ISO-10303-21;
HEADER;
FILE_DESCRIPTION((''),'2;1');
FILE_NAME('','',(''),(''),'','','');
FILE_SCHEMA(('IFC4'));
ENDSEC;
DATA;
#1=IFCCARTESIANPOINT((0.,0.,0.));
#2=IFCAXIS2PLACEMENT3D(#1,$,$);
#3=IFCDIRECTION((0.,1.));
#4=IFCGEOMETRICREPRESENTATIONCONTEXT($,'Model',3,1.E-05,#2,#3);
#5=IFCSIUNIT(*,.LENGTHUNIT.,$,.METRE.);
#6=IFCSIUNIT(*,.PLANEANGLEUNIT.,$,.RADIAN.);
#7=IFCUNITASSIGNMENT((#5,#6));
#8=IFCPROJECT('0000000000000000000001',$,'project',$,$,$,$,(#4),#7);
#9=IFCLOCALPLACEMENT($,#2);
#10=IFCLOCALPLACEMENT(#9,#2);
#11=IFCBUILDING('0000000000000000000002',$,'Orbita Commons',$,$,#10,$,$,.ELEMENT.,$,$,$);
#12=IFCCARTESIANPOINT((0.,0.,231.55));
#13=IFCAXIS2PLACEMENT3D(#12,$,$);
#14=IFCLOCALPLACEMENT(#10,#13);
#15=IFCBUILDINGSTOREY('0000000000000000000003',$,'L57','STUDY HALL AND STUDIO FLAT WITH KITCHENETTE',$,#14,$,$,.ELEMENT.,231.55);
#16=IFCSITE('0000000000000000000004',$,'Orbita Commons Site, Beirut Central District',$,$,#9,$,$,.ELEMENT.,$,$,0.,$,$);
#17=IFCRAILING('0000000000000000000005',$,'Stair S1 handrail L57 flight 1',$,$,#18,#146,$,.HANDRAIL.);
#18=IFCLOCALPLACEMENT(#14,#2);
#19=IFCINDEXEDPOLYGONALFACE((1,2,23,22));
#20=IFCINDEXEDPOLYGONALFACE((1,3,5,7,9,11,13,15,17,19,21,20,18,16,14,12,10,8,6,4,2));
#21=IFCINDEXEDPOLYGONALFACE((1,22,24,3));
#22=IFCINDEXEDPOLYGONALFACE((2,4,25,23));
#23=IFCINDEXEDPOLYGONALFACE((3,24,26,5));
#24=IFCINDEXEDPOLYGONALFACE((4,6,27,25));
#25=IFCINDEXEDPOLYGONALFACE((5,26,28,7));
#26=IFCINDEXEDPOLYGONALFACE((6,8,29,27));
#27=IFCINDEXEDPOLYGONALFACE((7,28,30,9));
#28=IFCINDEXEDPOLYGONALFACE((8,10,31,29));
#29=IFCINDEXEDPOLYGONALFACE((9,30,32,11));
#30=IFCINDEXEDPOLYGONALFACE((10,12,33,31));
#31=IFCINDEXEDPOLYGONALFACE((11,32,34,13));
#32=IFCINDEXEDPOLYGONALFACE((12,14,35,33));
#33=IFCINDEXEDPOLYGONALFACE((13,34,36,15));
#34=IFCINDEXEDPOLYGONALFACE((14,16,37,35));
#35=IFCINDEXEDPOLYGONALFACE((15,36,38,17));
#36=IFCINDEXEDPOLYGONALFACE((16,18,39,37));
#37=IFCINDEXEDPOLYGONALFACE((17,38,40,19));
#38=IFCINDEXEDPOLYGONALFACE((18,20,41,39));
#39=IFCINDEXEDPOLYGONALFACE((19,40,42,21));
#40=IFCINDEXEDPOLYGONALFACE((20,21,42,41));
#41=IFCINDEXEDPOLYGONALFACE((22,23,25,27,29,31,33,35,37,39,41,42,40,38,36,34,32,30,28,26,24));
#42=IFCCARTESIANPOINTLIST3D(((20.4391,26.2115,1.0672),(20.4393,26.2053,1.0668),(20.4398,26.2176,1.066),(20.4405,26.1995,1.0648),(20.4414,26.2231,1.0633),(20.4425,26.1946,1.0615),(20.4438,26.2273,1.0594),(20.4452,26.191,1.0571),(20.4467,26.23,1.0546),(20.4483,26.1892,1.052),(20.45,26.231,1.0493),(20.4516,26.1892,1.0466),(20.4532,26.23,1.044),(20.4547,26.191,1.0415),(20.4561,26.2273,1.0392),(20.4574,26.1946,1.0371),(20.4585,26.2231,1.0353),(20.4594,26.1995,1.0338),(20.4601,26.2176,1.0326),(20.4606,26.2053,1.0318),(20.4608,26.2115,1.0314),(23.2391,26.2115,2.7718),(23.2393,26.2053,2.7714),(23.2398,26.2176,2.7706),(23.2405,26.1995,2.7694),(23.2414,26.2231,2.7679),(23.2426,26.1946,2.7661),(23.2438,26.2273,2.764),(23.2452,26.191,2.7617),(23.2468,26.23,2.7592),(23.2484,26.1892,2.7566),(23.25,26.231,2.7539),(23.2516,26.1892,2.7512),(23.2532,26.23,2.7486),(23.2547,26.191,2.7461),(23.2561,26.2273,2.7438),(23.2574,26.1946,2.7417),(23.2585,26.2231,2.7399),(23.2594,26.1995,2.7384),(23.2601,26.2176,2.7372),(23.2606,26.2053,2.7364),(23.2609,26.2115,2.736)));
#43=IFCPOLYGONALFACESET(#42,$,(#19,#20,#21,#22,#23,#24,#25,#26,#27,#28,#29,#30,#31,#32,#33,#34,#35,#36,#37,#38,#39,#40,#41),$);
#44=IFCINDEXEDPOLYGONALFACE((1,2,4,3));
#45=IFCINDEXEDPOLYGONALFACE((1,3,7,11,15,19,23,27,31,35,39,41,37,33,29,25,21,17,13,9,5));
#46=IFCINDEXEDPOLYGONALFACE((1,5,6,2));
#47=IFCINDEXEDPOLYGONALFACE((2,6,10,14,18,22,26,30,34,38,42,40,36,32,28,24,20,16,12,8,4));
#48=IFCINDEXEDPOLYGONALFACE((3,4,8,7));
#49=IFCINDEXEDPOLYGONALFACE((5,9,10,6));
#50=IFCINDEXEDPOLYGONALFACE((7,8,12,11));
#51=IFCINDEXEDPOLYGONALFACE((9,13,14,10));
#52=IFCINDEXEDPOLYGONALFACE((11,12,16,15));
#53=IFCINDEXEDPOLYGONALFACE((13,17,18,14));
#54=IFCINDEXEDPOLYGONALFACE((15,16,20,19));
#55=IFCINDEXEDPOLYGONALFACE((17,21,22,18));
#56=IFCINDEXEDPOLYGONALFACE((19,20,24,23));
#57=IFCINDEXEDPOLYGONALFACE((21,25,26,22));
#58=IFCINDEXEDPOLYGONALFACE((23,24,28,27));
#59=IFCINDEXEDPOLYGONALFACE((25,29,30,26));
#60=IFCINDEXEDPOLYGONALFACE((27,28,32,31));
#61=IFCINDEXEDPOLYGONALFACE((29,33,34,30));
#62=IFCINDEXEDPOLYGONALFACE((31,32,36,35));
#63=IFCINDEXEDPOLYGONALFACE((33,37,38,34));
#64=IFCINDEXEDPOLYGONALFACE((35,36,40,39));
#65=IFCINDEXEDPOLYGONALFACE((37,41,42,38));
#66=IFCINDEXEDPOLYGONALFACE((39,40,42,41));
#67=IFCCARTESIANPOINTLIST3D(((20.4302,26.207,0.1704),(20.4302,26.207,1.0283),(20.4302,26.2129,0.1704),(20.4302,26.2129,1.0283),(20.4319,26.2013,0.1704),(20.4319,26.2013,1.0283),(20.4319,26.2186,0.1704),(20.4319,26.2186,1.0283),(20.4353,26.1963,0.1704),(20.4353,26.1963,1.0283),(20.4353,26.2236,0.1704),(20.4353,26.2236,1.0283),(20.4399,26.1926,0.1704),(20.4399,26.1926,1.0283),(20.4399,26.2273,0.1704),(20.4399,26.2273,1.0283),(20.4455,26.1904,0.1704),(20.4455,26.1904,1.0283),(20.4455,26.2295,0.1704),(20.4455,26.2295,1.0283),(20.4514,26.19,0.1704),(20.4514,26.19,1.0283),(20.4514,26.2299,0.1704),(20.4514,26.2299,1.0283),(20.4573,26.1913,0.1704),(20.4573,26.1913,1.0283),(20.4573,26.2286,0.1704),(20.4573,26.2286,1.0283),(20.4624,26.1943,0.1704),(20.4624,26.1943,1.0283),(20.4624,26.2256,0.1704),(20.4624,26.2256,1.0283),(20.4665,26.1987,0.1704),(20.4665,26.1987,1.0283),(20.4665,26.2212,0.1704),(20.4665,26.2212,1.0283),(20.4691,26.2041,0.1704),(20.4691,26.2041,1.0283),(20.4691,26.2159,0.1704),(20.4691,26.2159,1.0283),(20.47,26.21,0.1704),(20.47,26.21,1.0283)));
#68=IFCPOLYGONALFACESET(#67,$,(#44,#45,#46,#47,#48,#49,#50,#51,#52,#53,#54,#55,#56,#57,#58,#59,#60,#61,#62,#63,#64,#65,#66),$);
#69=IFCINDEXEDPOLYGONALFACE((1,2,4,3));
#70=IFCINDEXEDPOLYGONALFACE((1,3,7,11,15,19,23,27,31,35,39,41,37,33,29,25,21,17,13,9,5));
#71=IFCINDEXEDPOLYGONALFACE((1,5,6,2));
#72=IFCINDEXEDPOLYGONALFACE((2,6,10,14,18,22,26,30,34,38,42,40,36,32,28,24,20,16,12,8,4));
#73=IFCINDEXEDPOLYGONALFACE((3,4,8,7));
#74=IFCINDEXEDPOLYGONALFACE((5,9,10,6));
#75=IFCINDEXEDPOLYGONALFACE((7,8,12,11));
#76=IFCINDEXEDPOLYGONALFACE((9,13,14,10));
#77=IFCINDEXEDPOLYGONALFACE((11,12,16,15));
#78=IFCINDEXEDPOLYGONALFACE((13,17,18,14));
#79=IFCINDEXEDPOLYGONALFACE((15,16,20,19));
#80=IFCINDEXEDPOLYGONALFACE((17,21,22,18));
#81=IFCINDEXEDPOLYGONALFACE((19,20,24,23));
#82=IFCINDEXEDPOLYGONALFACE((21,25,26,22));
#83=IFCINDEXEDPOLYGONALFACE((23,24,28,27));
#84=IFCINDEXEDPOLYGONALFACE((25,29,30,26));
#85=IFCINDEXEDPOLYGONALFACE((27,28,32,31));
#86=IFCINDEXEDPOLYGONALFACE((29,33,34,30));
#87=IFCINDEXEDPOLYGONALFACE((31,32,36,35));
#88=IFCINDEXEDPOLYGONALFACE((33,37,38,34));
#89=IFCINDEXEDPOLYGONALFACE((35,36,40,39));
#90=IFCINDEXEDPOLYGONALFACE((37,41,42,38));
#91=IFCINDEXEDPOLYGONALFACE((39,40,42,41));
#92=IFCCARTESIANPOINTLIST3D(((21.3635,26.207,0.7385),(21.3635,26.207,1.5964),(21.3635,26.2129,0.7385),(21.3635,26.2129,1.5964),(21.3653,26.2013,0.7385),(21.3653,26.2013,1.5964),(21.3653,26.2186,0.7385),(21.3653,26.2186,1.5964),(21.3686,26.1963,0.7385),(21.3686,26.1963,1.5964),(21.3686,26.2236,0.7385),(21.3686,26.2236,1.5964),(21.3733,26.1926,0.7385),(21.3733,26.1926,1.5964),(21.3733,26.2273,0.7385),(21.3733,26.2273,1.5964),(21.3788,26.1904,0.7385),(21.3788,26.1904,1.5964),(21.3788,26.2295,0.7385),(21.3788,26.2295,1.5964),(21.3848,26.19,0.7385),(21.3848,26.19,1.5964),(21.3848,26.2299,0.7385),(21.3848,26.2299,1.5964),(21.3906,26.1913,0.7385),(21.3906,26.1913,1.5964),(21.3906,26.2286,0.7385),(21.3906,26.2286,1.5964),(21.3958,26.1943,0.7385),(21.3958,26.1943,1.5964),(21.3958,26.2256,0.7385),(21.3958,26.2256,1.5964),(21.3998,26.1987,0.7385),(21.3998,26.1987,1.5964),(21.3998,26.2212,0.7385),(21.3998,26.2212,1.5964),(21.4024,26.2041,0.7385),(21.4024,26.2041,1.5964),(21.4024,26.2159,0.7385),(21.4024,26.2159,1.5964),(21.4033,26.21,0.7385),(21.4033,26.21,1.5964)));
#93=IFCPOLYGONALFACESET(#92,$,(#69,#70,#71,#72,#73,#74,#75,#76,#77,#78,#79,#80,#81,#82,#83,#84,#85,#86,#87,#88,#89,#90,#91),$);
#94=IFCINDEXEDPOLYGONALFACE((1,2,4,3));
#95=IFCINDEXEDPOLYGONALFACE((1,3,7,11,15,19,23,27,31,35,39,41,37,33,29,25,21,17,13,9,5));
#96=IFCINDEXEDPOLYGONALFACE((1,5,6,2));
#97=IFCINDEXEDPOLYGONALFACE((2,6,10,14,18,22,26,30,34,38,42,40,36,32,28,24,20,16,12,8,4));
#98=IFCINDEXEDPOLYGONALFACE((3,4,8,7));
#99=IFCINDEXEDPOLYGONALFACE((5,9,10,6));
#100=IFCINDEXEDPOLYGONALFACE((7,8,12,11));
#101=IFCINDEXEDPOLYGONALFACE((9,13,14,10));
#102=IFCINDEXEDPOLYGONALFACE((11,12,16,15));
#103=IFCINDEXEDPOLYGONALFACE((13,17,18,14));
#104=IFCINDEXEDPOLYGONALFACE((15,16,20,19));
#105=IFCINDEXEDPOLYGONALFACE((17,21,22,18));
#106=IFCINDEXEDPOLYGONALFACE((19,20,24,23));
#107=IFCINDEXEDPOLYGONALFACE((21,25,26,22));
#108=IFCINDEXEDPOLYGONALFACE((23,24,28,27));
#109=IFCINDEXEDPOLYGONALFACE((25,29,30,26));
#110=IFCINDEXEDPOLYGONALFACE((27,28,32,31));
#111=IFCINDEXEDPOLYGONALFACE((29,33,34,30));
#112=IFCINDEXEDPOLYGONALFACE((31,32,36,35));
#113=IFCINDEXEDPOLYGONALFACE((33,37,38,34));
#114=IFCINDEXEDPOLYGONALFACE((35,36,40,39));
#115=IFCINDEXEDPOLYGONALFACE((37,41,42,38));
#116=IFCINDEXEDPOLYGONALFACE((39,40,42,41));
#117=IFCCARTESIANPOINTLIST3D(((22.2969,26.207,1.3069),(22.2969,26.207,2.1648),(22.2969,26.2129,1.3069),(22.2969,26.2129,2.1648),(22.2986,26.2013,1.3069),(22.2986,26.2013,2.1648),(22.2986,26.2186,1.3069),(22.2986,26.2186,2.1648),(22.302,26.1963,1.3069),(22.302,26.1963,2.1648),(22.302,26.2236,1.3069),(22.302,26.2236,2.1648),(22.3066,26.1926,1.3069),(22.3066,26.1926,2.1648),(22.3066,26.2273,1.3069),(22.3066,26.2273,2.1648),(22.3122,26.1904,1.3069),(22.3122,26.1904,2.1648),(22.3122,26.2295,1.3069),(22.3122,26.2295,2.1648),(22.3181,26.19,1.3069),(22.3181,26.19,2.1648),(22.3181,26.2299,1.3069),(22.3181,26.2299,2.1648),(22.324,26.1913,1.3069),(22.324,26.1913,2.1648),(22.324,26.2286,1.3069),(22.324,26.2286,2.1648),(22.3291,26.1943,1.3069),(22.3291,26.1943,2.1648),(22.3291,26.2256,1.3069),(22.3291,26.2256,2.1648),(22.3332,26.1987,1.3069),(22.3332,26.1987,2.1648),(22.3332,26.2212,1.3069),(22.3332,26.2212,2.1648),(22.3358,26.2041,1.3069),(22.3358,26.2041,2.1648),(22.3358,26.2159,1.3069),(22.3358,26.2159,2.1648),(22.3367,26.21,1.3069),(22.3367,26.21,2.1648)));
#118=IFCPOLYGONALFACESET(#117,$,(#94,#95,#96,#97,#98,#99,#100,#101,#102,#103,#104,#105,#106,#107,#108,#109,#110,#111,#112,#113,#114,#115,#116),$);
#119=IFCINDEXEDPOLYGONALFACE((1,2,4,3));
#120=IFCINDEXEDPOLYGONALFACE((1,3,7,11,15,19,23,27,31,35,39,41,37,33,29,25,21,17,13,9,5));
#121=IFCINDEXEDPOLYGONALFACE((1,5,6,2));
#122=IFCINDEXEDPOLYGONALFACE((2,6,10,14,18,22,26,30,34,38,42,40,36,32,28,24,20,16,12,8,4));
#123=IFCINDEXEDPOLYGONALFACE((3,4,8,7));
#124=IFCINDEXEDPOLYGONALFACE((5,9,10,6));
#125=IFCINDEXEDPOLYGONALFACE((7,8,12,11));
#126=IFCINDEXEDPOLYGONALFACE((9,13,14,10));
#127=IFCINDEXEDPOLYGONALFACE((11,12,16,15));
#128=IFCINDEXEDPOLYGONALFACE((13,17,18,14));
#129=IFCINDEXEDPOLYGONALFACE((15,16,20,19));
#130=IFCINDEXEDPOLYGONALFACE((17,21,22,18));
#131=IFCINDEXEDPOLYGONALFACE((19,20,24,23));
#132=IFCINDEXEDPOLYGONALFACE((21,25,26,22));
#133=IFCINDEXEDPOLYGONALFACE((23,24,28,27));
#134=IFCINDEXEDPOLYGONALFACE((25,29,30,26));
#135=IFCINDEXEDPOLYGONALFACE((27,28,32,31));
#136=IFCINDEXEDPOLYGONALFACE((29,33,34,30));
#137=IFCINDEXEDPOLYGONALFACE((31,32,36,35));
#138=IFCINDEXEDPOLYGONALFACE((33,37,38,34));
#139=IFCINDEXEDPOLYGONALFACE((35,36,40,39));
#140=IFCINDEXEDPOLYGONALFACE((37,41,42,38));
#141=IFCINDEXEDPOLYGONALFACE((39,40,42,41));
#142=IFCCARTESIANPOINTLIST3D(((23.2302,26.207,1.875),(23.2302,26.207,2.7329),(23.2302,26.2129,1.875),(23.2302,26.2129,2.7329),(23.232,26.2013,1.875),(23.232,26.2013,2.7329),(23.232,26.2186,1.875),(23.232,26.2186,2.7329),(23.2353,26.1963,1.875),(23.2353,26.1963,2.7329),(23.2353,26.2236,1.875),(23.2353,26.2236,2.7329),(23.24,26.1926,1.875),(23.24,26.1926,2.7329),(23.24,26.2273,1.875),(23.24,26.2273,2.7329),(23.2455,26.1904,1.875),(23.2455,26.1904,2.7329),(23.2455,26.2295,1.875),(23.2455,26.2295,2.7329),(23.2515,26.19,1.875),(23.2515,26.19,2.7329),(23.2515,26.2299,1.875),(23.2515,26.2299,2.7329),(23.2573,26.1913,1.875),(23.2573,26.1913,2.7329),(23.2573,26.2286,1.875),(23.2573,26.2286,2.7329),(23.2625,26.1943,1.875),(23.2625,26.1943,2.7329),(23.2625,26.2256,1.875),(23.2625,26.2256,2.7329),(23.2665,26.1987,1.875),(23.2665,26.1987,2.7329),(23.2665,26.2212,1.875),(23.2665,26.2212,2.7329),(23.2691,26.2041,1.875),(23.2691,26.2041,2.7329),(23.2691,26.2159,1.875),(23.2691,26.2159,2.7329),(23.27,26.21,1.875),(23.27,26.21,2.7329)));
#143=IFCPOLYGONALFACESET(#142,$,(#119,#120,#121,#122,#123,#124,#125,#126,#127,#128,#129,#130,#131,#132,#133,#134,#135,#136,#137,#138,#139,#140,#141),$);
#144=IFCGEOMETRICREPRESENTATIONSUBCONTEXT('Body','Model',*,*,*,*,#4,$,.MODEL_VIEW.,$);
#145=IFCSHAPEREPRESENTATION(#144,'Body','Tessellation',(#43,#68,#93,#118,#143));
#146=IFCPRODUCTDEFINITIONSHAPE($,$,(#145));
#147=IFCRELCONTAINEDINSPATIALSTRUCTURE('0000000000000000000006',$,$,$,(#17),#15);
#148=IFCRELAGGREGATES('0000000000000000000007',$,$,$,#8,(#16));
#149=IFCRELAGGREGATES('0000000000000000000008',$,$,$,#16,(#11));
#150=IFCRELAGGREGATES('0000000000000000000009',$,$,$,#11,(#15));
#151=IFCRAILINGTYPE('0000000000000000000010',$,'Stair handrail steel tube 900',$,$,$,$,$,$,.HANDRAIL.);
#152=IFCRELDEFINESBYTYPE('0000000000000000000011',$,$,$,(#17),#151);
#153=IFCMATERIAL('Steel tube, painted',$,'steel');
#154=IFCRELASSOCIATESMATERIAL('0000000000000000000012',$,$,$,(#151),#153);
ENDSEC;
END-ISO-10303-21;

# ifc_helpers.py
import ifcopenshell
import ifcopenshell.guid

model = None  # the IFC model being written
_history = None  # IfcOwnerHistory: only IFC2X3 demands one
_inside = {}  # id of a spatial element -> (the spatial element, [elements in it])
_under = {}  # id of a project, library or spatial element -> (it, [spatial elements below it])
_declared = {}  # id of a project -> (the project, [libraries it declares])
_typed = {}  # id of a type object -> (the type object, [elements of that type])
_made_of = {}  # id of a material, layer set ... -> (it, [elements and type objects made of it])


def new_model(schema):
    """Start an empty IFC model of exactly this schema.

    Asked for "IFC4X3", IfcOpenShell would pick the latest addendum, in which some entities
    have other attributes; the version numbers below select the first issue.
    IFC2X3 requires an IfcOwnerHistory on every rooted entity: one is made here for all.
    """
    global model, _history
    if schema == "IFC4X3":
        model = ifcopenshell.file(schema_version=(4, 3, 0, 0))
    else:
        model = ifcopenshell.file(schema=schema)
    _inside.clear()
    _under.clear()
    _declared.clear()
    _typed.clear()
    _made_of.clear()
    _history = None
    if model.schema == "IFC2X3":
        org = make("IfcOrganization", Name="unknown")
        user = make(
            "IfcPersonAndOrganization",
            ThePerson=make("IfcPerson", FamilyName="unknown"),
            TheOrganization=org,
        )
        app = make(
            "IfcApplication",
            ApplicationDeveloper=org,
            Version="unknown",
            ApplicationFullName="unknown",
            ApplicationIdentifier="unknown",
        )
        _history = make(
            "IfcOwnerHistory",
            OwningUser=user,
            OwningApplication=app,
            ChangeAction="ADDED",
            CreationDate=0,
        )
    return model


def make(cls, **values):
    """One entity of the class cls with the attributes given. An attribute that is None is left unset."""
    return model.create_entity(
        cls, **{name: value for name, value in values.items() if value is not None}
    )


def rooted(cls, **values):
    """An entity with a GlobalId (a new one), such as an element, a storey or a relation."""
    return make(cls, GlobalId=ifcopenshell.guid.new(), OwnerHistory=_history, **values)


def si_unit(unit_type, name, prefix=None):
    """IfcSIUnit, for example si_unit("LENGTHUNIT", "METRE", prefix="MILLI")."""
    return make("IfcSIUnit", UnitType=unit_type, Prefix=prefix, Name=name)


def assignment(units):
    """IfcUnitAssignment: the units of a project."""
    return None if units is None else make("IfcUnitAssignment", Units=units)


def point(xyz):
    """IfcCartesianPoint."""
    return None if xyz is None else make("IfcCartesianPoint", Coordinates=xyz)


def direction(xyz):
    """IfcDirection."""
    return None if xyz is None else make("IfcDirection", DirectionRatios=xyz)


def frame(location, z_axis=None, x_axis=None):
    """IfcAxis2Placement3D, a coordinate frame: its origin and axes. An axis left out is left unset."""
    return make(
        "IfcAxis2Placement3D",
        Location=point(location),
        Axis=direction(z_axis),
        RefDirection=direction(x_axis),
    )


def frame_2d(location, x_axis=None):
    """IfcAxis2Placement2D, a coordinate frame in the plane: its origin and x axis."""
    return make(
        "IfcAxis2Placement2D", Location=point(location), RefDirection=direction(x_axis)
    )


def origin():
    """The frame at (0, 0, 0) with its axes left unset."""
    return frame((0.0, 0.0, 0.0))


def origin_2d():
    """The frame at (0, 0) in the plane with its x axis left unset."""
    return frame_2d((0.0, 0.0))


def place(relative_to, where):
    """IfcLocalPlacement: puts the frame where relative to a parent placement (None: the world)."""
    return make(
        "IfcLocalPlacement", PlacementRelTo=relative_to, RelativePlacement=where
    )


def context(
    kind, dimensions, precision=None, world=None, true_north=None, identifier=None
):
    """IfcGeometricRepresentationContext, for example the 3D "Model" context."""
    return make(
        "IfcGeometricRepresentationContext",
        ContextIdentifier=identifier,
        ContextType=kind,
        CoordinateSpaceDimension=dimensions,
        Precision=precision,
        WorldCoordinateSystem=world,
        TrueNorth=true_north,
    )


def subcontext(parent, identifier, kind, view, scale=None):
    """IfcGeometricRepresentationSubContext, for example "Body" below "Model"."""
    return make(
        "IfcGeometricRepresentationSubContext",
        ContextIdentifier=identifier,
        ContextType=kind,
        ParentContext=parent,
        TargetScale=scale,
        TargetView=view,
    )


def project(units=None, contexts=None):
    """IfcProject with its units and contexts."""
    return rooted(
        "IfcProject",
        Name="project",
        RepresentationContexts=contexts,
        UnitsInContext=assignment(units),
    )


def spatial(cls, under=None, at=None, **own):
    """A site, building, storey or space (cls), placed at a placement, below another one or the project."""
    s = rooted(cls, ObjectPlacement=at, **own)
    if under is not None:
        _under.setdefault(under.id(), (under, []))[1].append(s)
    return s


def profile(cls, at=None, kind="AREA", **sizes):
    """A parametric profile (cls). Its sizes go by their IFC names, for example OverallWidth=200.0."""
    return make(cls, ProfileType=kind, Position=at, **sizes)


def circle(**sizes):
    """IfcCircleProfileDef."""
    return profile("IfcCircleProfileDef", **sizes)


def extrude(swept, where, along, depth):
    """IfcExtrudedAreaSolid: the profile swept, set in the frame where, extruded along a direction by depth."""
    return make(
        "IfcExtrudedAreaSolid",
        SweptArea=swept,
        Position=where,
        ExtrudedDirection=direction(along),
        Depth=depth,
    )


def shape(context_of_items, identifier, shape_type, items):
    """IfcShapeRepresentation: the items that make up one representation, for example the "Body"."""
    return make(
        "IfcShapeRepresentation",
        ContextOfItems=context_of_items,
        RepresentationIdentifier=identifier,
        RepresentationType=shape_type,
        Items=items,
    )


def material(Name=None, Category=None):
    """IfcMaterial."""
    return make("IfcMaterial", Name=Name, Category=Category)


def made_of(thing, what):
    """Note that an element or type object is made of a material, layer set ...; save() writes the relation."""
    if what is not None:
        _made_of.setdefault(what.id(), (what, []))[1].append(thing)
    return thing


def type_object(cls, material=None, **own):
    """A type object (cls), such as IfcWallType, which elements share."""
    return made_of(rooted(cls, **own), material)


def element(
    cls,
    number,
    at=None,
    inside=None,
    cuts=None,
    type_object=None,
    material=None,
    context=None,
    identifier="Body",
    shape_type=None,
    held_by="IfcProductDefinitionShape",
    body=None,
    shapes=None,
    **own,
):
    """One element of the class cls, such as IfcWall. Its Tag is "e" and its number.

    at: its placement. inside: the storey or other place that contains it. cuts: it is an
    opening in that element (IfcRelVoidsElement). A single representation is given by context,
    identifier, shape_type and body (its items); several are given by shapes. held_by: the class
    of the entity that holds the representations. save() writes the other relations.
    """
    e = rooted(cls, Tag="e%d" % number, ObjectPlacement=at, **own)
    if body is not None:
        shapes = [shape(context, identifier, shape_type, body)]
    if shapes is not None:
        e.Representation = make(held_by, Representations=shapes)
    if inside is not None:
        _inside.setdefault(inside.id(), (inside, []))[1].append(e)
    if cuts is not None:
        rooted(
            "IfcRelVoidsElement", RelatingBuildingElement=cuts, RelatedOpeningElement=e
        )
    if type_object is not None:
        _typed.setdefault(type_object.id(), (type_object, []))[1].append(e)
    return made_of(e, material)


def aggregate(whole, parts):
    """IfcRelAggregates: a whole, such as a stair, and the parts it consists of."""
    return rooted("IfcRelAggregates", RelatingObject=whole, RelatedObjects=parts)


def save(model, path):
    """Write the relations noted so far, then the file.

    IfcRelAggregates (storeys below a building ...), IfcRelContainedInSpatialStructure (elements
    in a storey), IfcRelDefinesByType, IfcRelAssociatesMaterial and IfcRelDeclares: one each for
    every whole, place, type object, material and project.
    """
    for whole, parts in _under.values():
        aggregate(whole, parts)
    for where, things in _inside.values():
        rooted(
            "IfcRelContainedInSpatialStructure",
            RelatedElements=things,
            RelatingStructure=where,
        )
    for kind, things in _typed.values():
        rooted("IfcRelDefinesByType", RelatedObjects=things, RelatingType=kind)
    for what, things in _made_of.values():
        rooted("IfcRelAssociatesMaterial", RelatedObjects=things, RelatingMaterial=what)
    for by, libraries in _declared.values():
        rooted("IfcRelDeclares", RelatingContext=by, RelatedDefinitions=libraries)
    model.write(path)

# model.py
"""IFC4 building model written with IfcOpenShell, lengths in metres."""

from ifc_helpers import new_model, si_unit, direction, frame, origin, origin_2d, place, context, subcontext, project, spatial, circle, extrude, material, type_object, element, save


model = new_model("IFC4")

# Units and contexts
model_context = context("Model", 3, precision=1e-05, world=origin(), true_north=direction((0.0, 1.0)))
body_context = subcontext(model_context, "Body", "Model", "MODEL_VIEW")
ifc_project = project(units=[si_unit("LENGTHUNIT", "METRE"), si_unit("PLANEANGLEUNIT", "RADIAN")], contexts=[model_context])

# Site, building, storey
site_placement = place(None, origin())
site = spatial("IfcSite", under=ifc_project, at=site_placement, Name="Orbita Commons Site, Beirut Central District", CompositionType="ELEMENT", RefElevation=0.0)
building_placement = place(site_placement, origin())
building = spatial("IfcBuilding", under=site, at=building_placement, Name="Orbita Commons", CompositionType="ELEMENT")
storey_placement = place(building_placement, frame((0.0, 0.0, 231.55)))
storey = spatial("IfcBuildingStorey", under=building, at=storey_placement, Name="L57", Description="STUDY HALL AND STUDIO FLAT WITH KITCHENETTE", CompositionType="ELEMENT", Elevation=231.55)

# Railing
ifc_material_1 = material(Name="Steel tube, painted", Category="steel")
railing_type = type_object("IfcRailingType", Name="Stair handrail steel tube 900", PredefinedType="HANDRAIL", material=ifc_material_1)
for number, where, name in (
    (1, (20.45, 26.21, 0.1704), "Stair S1 handrail L57 flight 1"),
):
    element("IfcRailing", number, at=place(storey_placement, frame(where)), inside=storey, type_object=railing_type, Name=name, PredefinedType="HANDRAIL", context=body_context, shape_type="SweptSolid", body=[
        extrude(circle(Radius=0.021, at=origin_2d()), frame((0.0, 0.0, 0.8789), z_axis=(0.85417, 0.0, 0.519994), x_axis=(0.0, 1.0, 0.0)), (0.0, 0.0, 1.0), 3.2781),
        extrude(circle(Radius=0.02, at=origin_2d()), origin(), (0.0, 0.0, 1.0), 0.8579),
        extrude(circle(Radius=0.02, at=origin_2d()), frame((0.9333, 0.0, 0.5681)), (0.0, 0.0, 1.0), 0.8579),
        extrude(circle(Radius=0.02, at=origin_2d()), frame((1.8667, 0.0, 1.1365)), (0.0, 0.0, 1.0), 0.8579),
        extrude(circle(Radius=0.02, at=origin_2d()), frame((2.8, 0.0, 1.7046)), (0.0, 0.0, 1.0), 0.8579),
    ])

save(model, "model.ifc")
